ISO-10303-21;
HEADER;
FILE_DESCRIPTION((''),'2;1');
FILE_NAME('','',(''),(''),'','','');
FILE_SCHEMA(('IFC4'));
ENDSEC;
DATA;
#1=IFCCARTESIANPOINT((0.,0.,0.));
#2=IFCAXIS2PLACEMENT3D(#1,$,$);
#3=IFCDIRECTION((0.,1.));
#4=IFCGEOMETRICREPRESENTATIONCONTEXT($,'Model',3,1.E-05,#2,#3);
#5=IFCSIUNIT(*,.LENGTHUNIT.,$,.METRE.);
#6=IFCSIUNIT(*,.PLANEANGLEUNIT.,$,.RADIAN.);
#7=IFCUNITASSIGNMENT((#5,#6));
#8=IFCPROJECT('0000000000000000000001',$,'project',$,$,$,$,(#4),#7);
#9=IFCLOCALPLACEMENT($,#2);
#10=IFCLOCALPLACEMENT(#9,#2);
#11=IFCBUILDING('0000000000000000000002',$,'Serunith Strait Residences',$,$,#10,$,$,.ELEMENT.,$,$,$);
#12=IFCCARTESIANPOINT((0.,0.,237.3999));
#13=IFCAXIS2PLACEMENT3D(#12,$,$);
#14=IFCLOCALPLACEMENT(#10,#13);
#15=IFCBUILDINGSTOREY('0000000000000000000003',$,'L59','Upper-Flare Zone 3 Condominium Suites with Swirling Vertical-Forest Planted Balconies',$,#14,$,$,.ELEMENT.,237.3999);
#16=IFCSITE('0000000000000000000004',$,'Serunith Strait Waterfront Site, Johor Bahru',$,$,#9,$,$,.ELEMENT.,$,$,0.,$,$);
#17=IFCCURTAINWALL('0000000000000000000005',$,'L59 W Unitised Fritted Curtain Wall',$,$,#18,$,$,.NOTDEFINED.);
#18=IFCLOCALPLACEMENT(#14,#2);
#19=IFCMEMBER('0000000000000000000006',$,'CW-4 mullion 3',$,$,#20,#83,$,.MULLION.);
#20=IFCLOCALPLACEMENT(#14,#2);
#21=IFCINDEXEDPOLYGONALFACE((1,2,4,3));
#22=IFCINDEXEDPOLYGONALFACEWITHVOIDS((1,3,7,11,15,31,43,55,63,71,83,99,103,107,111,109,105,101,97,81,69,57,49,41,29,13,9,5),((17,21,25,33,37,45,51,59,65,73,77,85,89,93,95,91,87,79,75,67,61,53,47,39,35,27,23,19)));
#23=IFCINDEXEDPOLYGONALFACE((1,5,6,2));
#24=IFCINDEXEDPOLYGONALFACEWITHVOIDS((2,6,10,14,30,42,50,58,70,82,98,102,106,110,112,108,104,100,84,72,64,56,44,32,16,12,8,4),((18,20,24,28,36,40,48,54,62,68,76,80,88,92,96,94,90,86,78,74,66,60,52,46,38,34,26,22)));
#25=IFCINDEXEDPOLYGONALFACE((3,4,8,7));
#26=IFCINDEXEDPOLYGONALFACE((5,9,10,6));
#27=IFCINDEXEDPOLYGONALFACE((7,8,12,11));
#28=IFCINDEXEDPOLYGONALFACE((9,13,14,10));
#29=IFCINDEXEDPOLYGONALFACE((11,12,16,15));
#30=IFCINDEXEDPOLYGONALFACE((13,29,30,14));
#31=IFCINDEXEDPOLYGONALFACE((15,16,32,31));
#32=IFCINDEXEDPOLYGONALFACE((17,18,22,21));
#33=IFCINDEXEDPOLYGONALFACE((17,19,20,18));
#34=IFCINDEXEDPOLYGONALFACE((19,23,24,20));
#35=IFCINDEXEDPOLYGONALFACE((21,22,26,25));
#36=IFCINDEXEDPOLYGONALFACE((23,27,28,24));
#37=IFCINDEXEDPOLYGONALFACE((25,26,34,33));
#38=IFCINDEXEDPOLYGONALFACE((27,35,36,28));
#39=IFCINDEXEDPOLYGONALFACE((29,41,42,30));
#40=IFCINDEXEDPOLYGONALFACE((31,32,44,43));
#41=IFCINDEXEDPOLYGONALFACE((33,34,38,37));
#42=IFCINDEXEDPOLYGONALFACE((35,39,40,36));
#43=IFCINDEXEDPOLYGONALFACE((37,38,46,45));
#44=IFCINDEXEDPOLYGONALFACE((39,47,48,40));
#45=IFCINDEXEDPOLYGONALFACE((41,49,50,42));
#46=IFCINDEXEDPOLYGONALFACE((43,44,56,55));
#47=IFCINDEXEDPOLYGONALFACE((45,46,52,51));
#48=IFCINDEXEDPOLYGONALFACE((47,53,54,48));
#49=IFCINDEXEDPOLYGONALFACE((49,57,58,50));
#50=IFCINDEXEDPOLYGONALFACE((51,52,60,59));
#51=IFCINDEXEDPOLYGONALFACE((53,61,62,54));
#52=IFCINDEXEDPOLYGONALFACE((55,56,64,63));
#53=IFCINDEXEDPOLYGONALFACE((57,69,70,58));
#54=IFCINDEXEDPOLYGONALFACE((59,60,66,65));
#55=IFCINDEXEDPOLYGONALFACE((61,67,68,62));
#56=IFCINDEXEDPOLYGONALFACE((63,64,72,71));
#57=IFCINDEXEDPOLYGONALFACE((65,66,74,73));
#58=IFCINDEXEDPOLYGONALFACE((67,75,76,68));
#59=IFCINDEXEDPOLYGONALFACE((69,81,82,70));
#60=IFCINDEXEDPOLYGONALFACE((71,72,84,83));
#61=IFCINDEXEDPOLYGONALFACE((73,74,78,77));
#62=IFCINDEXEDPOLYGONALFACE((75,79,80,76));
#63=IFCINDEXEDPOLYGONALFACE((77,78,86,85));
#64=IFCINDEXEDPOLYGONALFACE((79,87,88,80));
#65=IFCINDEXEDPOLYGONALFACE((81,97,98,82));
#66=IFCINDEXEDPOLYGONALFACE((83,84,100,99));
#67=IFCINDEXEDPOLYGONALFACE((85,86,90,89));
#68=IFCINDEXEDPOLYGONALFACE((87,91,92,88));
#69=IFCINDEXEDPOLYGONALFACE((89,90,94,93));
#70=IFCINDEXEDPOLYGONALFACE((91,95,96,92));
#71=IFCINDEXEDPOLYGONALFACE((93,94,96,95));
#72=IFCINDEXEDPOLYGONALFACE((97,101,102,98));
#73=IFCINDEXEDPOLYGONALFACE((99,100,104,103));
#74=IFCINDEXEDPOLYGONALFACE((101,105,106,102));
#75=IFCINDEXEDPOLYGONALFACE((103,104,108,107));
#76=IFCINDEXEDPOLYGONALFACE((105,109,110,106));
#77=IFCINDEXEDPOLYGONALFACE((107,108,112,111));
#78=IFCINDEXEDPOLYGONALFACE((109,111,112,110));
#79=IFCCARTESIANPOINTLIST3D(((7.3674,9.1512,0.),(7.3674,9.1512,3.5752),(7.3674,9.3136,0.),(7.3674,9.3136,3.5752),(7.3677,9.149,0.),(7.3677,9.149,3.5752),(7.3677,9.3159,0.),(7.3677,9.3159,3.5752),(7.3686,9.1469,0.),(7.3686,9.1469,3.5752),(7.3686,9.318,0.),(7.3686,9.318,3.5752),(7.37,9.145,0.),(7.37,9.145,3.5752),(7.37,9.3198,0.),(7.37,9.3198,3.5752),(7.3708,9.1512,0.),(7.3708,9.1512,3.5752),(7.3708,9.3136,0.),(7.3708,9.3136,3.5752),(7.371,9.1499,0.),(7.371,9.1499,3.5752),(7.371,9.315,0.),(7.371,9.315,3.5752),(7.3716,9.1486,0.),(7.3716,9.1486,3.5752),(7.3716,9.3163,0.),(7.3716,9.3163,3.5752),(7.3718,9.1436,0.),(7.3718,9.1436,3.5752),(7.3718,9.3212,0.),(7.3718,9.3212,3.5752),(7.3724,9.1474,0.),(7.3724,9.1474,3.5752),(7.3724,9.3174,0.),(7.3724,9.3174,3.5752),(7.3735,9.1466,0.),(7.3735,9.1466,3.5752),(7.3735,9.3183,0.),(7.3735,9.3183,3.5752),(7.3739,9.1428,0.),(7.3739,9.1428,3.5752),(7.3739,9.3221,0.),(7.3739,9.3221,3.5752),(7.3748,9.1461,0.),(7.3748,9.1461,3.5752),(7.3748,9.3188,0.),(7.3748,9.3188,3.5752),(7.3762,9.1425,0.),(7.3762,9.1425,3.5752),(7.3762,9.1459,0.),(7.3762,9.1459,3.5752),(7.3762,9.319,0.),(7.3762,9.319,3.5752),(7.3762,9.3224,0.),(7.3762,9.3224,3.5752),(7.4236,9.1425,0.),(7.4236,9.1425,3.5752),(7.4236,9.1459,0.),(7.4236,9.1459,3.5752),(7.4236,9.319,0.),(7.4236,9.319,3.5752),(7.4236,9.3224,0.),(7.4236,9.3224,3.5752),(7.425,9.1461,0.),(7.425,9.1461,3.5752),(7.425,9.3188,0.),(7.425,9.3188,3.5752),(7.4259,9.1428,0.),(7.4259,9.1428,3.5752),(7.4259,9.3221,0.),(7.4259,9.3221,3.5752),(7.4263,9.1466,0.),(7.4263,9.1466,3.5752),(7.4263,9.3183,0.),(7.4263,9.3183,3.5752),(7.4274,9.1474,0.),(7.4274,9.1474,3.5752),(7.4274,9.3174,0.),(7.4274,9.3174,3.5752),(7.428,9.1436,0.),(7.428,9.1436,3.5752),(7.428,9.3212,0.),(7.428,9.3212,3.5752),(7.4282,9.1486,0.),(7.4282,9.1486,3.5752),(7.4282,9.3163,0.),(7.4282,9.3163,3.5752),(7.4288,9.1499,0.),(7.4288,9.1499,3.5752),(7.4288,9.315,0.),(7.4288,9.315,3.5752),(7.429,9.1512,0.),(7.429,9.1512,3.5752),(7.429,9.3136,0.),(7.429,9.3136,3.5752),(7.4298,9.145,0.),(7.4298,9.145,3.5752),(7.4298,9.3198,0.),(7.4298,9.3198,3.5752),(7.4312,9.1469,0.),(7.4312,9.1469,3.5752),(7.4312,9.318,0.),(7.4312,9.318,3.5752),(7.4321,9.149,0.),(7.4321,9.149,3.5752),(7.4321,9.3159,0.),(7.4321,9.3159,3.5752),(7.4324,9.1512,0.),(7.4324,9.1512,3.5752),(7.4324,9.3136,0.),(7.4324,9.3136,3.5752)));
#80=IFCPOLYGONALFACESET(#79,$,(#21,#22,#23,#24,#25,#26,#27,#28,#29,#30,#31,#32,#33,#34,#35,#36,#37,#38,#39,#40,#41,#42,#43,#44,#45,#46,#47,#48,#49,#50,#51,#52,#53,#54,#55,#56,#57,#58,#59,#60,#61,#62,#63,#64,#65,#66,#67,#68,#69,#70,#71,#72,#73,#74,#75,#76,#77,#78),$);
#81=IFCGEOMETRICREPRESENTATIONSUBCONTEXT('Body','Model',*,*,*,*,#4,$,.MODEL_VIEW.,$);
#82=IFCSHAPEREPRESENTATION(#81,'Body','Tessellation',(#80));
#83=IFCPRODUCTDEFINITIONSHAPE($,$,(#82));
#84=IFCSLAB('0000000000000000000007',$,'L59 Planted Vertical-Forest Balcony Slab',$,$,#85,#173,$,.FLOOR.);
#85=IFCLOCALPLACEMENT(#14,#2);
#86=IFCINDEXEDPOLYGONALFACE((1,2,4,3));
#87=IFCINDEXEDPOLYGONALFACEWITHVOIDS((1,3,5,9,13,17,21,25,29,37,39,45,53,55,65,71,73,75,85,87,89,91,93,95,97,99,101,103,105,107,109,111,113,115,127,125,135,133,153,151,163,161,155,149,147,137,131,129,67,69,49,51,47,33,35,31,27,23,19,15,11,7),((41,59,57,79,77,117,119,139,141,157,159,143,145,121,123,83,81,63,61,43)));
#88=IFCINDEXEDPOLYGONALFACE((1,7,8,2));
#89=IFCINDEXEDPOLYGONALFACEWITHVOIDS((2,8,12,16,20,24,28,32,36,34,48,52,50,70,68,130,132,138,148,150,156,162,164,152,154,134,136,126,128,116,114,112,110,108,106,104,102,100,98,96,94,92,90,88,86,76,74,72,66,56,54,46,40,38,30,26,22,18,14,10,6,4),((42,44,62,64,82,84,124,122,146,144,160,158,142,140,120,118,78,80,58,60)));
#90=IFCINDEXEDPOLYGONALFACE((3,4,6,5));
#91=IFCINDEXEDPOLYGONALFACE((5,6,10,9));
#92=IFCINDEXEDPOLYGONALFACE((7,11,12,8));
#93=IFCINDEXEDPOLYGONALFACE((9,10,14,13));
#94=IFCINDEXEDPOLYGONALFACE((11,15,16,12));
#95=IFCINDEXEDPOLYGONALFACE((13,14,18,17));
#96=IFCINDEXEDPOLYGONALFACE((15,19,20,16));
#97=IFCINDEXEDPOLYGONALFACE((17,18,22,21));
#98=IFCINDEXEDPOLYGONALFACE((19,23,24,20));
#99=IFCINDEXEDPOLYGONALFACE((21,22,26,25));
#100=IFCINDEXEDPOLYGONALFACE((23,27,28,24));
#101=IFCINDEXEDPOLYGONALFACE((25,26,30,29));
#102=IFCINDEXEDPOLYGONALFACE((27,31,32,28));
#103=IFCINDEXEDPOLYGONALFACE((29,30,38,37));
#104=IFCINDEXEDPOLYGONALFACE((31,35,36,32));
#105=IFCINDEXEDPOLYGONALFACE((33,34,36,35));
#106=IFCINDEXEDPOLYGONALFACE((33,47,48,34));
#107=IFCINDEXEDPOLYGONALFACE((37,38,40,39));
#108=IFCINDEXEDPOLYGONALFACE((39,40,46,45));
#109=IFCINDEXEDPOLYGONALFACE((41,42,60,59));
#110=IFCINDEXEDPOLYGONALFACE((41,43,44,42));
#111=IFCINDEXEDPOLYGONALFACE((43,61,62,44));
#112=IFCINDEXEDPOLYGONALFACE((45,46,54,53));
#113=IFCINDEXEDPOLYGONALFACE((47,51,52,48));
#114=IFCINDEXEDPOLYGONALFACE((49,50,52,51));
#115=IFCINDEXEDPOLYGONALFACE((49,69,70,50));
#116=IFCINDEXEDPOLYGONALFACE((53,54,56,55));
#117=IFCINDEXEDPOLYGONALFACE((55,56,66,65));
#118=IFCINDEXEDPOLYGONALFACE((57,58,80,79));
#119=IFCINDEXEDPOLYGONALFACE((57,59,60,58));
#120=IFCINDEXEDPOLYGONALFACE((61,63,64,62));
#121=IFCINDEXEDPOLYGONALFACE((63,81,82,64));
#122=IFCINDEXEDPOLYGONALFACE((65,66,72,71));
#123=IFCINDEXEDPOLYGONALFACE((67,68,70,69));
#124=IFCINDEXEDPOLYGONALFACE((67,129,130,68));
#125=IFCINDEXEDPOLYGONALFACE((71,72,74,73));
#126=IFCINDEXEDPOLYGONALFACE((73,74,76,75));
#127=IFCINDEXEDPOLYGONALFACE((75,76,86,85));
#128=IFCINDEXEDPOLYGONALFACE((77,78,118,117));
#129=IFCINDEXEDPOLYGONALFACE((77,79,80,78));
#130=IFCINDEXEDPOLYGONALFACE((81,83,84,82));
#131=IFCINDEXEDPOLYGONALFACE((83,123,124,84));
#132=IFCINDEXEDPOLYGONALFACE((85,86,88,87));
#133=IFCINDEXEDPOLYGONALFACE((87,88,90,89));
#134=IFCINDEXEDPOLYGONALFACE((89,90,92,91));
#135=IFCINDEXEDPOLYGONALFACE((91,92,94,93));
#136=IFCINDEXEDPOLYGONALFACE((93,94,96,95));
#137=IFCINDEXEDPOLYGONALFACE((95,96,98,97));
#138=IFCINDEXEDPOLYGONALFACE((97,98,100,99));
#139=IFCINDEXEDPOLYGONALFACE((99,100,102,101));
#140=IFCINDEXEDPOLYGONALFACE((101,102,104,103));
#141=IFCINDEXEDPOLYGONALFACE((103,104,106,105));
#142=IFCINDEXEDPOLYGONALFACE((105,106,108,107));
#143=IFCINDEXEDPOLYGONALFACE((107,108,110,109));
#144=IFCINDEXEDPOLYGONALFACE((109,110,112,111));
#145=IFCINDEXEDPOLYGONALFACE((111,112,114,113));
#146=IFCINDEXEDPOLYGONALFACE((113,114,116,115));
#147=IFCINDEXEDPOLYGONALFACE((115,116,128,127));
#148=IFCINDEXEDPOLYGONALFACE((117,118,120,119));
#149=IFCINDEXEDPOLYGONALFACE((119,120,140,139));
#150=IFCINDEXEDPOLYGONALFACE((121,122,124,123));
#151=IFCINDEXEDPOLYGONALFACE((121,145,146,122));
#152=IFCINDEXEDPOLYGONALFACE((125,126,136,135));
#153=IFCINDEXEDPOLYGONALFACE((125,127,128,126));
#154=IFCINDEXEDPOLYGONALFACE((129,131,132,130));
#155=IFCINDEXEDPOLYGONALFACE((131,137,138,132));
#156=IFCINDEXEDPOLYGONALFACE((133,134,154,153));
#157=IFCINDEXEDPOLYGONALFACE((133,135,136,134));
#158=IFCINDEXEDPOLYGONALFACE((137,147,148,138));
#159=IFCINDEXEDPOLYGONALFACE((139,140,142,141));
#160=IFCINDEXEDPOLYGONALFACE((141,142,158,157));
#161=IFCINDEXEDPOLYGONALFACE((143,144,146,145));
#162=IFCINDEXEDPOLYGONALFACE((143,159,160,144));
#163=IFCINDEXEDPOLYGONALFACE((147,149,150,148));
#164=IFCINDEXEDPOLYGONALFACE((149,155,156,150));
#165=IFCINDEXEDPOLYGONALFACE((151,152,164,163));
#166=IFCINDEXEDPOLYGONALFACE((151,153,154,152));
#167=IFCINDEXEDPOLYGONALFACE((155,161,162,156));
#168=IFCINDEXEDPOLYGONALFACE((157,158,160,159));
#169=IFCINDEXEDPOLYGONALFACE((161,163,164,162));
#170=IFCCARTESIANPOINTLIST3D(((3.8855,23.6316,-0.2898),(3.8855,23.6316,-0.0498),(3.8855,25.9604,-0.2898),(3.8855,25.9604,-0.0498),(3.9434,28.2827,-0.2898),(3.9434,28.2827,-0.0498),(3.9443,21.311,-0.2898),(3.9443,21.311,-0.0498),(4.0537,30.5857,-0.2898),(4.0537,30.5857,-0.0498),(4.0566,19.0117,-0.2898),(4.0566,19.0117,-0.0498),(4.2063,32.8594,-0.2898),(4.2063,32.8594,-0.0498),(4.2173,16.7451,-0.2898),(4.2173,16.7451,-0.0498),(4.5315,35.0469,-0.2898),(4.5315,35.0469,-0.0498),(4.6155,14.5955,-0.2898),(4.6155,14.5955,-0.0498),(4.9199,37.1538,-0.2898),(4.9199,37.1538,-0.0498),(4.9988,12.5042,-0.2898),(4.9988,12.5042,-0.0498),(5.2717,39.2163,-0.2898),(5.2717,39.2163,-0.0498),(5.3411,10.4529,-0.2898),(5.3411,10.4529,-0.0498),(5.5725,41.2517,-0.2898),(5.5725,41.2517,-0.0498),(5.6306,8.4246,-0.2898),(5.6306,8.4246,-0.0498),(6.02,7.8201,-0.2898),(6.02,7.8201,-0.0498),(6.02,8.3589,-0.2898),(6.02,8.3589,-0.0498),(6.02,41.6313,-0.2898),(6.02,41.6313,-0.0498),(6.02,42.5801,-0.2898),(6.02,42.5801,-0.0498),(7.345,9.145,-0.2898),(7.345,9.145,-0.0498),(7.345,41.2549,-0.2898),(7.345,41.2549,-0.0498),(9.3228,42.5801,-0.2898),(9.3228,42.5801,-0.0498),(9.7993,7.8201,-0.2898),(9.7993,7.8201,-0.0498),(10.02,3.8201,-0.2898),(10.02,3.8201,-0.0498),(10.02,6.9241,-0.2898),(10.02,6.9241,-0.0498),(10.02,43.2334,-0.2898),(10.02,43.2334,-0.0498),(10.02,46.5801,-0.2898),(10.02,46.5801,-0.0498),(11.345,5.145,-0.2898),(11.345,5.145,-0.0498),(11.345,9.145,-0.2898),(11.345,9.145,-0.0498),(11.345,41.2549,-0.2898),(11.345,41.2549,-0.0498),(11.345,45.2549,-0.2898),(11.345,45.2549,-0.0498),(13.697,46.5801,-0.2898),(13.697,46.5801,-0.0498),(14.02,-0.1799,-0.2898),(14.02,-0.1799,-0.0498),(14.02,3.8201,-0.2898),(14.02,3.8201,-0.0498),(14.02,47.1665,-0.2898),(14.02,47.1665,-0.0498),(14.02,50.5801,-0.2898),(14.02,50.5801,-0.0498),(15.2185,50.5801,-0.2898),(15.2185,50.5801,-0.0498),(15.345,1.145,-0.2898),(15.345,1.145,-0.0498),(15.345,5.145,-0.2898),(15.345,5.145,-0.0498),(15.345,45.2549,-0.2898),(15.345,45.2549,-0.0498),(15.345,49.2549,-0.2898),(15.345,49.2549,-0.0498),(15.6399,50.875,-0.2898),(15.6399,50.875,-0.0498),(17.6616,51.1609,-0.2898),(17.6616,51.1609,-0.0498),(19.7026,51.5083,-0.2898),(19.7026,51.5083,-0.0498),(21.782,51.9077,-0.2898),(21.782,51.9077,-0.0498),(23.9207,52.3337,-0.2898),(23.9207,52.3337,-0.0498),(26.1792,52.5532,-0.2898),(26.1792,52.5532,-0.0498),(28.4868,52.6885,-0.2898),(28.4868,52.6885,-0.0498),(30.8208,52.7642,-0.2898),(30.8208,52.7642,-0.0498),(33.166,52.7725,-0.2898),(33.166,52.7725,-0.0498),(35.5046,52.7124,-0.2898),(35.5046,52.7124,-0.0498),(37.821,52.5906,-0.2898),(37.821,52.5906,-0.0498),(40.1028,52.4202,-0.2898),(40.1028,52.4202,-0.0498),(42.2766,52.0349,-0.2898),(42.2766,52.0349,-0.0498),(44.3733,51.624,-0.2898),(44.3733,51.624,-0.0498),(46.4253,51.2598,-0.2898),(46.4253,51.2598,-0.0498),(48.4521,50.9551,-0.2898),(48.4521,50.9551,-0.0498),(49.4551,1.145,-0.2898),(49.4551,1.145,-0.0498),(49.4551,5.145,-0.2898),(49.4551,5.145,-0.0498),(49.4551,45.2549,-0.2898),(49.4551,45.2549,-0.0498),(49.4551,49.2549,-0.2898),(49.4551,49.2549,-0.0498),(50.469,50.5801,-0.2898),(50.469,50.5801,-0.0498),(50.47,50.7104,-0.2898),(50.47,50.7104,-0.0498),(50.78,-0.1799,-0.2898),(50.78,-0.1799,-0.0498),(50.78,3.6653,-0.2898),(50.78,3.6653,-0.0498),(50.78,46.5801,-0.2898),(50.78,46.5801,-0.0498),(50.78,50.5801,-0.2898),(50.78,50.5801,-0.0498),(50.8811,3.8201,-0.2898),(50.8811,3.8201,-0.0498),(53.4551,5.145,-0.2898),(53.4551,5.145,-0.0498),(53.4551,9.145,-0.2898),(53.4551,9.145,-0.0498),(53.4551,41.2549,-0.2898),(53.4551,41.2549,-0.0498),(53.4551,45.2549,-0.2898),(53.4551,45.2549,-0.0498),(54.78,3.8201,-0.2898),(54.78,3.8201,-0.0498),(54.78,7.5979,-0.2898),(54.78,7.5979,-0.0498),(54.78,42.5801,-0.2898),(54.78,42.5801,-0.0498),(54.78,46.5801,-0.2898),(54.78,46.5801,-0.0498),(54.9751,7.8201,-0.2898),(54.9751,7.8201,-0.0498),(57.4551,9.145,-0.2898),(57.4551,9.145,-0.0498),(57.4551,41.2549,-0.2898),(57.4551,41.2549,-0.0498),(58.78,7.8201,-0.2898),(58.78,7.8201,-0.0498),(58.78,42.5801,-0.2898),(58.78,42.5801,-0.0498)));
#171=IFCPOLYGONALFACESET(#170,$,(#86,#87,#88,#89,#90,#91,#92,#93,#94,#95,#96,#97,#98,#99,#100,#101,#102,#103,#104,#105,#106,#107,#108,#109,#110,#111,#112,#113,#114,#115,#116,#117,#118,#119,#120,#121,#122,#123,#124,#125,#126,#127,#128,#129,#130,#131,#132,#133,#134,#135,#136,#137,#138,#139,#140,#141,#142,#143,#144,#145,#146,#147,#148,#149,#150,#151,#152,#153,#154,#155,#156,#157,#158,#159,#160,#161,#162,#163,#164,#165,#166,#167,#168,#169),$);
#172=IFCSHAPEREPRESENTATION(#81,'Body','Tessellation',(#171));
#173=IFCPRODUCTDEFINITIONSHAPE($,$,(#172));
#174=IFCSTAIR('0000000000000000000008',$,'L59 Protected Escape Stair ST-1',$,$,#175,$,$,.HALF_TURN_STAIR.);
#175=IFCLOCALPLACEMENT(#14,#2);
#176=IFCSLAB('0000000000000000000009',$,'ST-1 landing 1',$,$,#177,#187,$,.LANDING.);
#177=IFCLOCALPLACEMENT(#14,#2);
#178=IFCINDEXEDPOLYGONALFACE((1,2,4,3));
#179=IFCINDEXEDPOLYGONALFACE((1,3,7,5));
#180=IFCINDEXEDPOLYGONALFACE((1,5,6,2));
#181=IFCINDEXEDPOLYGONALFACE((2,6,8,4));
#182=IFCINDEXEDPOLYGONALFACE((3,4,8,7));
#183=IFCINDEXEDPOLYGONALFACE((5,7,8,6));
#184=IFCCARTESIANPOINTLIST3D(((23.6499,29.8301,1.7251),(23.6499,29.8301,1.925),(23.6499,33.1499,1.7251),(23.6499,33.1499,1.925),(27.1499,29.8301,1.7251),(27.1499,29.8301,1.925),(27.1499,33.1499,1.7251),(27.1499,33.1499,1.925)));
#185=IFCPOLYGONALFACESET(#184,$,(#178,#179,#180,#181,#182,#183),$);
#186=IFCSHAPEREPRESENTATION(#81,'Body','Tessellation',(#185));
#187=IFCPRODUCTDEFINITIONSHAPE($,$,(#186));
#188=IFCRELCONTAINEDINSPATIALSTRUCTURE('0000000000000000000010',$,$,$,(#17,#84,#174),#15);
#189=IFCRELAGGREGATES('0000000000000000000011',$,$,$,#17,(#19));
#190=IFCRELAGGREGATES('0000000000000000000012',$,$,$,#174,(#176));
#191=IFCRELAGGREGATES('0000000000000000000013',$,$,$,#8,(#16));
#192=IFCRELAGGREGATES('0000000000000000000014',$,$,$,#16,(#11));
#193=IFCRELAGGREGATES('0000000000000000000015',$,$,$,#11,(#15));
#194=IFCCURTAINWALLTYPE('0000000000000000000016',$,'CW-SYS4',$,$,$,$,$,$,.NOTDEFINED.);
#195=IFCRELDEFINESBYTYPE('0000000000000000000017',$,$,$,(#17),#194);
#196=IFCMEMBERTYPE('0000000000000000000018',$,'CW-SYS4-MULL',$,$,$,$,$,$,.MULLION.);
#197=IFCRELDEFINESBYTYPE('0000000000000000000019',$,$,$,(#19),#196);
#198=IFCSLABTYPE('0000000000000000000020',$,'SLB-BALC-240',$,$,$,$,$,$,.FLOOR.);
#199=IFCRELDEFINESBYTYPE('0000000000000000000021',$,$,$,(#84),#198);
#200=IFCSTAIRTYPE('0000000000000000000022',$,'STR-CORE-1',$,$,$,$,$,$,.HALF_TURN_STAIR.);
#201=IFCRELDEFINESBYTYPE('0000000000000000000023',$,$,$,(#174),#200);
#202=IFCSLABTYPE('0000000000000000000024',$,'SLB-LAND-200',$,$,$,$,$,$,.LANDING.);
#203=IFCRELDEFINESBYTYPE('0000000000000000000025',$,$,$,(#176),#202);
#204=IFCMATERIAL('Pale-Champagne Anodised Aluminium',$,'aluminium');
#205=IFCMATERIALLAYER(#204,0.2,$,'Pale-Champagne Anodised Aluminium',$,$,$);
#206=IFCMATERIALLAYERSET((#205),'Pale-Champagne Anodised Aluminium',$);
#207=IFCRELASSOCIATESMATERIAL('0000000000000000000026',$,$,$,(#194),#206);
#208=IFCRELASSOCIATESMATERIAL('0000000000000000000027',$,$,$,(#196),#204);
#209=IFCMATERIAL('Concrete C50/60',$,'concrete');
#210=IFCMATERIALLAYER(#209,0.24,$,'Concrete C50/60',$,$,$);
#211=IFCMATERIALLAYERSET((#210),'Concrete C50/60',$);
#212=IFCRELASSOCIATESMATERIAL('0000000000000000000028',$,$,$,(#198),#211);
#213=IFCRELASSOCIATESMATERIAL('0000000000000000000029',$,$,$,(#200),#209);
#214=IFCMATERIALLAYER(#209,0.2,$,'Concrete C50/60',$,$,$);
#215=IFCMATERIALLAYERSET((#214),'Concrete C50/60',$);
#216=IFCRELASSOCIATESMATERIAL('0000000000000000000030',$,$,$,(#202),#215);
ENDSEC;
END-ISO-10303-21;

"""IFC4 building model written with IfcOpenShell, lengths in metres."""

from ifc_helpers import new_model, si_unit, direction, frame, origin, origin_2d, place, context, subcontext, project, spatial, polyline, hollow_rectangle, outline, extrude, source, transform, mapped, material, layer, layer_set, material_profile, profile_set, type_object, element, aggregate, save


model = new_model("IFC4")

# Units and contexts
model_context = context("Model", 3, precision=1e-05, world=origin(), true_north=direction((0.0, 1.0)))
body_context = subcontext(model_context, "Body", "Model", "MODEL_VIEW")
ifc_project = project(units=[si_unit("LENGTHUNIT", "METRE"), si_unit("PLANEANGLEUNIT", "RADIAN")], contexts=[model_context])

# Site, building, storey
site_placement = place(None, origin())
site = spatial("IfcSite", under=ifc_project, at=site_placement, Name="Serunith Strait Waterfront Site, Johor Bahru", CompositionType="ELEMENT", RefElevation=0.0)
building_placement = place(site_placement, origin())
building = spatial("IfcBuilding", under=site, at=building_placement, Name="Serunith Strait Residences", CompositionType="ELEMENT")
storey_placement = place(building_placement, frame((0.0, 0.0, 237.3999)))
storey = spatial("IfcBuildingStorey", under=building, at=storey_placement, Name="L59", Description="Upper-Flare Zone 3 Condominium Suites with Swirling Vertical-Forest Planted Balconies", CompositionType="ELEMENT", Elevation=237.3999)

# Shared definitions
ifc_material_1 = material(Name="Pale-Champagne Anodised Aluminium", Category="aluminium")
ifc_layer_1 = layer(ifc_material_1, 0.2, Name="Pale-Champagne Anodised Aluminium")
ifc_layer_set_1 = layer_set([ifc_layer_1], Name="Pale-Champagne Anodised Aluminium")
curtain_wall_type = type_object("IfcCurtainWallType", Name="CW-SYS4", PredefinedType="NOTDEFINED", material=ifc_layer_set_1)
ifc_material_profile_1 = material_profile(ifc_material_1, hollow_rectangle(XDim=0.0649, YDim=0.1799, WallThickness=0.0034, InnerFilletRadius=0.0054, OuterFilletRadius=0.0088, at=origin_2d()), Name="ALU 180x65x3.5")
ifc_profile_set_1 = profile_set([ifc_material_profile_1], Name="Pale-Champagne Anodised Aluminium")
member_type_1 = type_object("IfcMemberType", Name="CW-SYS4-MULL", PredefinedType="MULLION", material=ifc_profile_set_1)
shared_shape_1 = source(origin(), body_context, "Body", "SweptSolid", [
    extrude(hollow_rectangle(XDim=0.0649, YDim=0.1799, WallThickness=0.0034, InnerFilletRadius=0.0054, OuterFilletRadius=0.0088, at=origin_2d()), origin(), (0.0, 0.0, 1.0), 3.5752),
])

# Curtain wall, member
curtain_wall_1_placement = place(storey_placement, origin())
curtain_wall_1 = element("IfcCurtainWall", 1, at=curtain_wall_1_placement, inside=storey, type_object=curtain_wall_type, Name="L59 W Unitised Fritted Curtain Wall", PredefinedType="NOTDEFINED")
member_1_placement = place(storey_placement, frame((7.3999, 9.2324, 0.0), z_axis=(0.0, 0.0, 1.0), x_axis=(1.0, 0.0, 0.0)))
member_1 = element("IfcMember", 2, at=member_1_placement, type_object=member_type_1, Name="CW-4 mullion 3", PredefinedType="MULLION", context=body_context, shape_type="MappedRepresentation", body=[
    mapped(shared_shape_1, transform((0.0, 0.0, 0.0), scale=1.0)),
])
aggregate(curtain_wall_1, [member_1])

# Slab
ifc_material_2 = material(Name="Concrete C50/60", Category="concrete")
ifc_layer_2 = layer(ifc_material_2, 0.24, Name="Concrete C50/60")
ifc_layer_set_2 = layer_set([ifc_layer_2], Name="Concrete C50/60")
slab_type_1 = type_object("IfcSlabType", Name="SLB-BALC-240", PredefinedType="FLOOR", material=ifc_layer_set_2)
slab_1_placement = place(storey_placement, frame((0.0, 0.0, -0.2898)))
element("IfcSlab", 3, at=slab_1_placement, inside=storey, type_object=slab_type_1, Name="L59 Planted Vertical-Forest Balcony Slab", PredefinedType="FLOOR", context=body_context, shape_type="SweptSolid", body=[
    extrude(outline(polyline([(6.02, 7.8201), (6.02, 8.3589), (5.6306, 8.4246), (5.3411, 10.4529), (4.9988, 12.5042), (4.6155, 14.5955), (4.2173, 16.7451), (4.0566, 19.0117), (3.9443, 21.311), (3.8855, 23.6316), (3.8855, 25.9604), (3.9434, 28.2827), (4.0537, 30.5857), (4.2063, 32.8594), (4.5315, 35.0469), (4.9199, 37.1538), (5.2717, 39.2163), (5.5725, 41.2517), (6.02, 41.6313), (6.02, 42.5801), (9.3228, 42.5801), (10.02, 43.2334), (10.02, 46.5801), (13.697, 46.5801), (14.02, 47.1665), (14.02, 50.5801), (15.2185, 50.5801), (15.6399, 50.875), (17.6616, 51.1609), (19.7026, 51.5083), (21.782, 51.9077), (23.9207, 52.3337), (26.1792, 52.5532), (28.4868, 52.6885), (30.8208, 52.7642), (33.166, 52.7725), (35.5046, 52.7124), (37.821, 52.5906), (40.1028, 52.4202), (42.2766, 52.0349), (44.3733, 51.624), (46.4253, 51.2598), (48.4521, 50.9551), (50.47, 50.7104), (50.469, 50.5801), (50.78, 50.5801), (50.78, 46.5801), (54.78, 46.5801), (54.78, 42.5801), (58.78, 42.5801), (58.78, 7.8201), (54.9751, 7.8201), (54.78, 7.5979), (54.78, 3.8201), (50.8811, 3.8201), (50.78, 3.6653), (50.78, -0.1799), (14.02, -0.1799), (14.02, 3.8201), (10.02, 3.8201), (10.02, 6.9241), (9.7993, 7.8201), (6.02, 7.8201)]), holes=[polyline([(49.4551, 1.145), (49.4551, 5.145), (53.4551, 5.145), (53.4551, 9.145), (57.4551, 9.145), (57.4551, 41.2549), (53.4551, 41.2549), (53.4551, 45.2549), (49.4551, 45.2549), (49.4551, 49.2549), (15.345, 49.2549), (15.345, 45.2549), (11.345, 45.2549), (11.345, 41.2549), (7.345, 41.2549), (7.345, 9.145), (11.345, 9.145), (11.345, 5.145), (15.345, 5.145), (15.345, 1.145), (49.4551, 1.145)])]), origin(), (0.0, 0.0, 1.0), 0.24),
])

# Stair, slab
stair_type_1 = type_object("IfcStairType", Name="STR-CORE-1", PredefinedType="HALF_TURN_STAIR", material=ifc_material_2)
stair_1_placement = place(storey_placement, origin())
stair_1 = element("IfcStair", 4, at=stair_1_placement, inside=storey, type_object=stair_type_1, Name="L59 Protected Escape Stair ST-1", PredefinedType="HALF_TURN_STAIR")
ifc_layer_3 = layer(ifc_material_2, 0.2, Name="Concrete C50/60")
ifc_layer_set_3 = layer_set([ifc_layer_3], Name="Concrete C50/60")
slab_type_2 = type_object("IfcSlabType", Name="SLB-LAND-200", PredefinedType="LANDING", material=ifc_layer_set_3)
slab_2_placement = place(storey_placement, frame((0.0, 0.0, 1.7251)))
slab_2 = element("IfcSlab", 5, at=slab_2_placement, type_object=slab_type_2, Name="ST-1 landing 1", PredefinedType="LANDING", context=body_context, shape_type="SweptSolid", body=[
    extrude(outline(polyline([(27.1499, 29.8301), (27.1499, 33.1499), (23.6499, 33.1499), (23.6499, 29.8301), (27.1499, 29.8301)])), origin(), (0.0, 0.0, 1.0), 0.2),
])
aggregate(stair_1, [slab_2])

save(model, "model.ifc")
